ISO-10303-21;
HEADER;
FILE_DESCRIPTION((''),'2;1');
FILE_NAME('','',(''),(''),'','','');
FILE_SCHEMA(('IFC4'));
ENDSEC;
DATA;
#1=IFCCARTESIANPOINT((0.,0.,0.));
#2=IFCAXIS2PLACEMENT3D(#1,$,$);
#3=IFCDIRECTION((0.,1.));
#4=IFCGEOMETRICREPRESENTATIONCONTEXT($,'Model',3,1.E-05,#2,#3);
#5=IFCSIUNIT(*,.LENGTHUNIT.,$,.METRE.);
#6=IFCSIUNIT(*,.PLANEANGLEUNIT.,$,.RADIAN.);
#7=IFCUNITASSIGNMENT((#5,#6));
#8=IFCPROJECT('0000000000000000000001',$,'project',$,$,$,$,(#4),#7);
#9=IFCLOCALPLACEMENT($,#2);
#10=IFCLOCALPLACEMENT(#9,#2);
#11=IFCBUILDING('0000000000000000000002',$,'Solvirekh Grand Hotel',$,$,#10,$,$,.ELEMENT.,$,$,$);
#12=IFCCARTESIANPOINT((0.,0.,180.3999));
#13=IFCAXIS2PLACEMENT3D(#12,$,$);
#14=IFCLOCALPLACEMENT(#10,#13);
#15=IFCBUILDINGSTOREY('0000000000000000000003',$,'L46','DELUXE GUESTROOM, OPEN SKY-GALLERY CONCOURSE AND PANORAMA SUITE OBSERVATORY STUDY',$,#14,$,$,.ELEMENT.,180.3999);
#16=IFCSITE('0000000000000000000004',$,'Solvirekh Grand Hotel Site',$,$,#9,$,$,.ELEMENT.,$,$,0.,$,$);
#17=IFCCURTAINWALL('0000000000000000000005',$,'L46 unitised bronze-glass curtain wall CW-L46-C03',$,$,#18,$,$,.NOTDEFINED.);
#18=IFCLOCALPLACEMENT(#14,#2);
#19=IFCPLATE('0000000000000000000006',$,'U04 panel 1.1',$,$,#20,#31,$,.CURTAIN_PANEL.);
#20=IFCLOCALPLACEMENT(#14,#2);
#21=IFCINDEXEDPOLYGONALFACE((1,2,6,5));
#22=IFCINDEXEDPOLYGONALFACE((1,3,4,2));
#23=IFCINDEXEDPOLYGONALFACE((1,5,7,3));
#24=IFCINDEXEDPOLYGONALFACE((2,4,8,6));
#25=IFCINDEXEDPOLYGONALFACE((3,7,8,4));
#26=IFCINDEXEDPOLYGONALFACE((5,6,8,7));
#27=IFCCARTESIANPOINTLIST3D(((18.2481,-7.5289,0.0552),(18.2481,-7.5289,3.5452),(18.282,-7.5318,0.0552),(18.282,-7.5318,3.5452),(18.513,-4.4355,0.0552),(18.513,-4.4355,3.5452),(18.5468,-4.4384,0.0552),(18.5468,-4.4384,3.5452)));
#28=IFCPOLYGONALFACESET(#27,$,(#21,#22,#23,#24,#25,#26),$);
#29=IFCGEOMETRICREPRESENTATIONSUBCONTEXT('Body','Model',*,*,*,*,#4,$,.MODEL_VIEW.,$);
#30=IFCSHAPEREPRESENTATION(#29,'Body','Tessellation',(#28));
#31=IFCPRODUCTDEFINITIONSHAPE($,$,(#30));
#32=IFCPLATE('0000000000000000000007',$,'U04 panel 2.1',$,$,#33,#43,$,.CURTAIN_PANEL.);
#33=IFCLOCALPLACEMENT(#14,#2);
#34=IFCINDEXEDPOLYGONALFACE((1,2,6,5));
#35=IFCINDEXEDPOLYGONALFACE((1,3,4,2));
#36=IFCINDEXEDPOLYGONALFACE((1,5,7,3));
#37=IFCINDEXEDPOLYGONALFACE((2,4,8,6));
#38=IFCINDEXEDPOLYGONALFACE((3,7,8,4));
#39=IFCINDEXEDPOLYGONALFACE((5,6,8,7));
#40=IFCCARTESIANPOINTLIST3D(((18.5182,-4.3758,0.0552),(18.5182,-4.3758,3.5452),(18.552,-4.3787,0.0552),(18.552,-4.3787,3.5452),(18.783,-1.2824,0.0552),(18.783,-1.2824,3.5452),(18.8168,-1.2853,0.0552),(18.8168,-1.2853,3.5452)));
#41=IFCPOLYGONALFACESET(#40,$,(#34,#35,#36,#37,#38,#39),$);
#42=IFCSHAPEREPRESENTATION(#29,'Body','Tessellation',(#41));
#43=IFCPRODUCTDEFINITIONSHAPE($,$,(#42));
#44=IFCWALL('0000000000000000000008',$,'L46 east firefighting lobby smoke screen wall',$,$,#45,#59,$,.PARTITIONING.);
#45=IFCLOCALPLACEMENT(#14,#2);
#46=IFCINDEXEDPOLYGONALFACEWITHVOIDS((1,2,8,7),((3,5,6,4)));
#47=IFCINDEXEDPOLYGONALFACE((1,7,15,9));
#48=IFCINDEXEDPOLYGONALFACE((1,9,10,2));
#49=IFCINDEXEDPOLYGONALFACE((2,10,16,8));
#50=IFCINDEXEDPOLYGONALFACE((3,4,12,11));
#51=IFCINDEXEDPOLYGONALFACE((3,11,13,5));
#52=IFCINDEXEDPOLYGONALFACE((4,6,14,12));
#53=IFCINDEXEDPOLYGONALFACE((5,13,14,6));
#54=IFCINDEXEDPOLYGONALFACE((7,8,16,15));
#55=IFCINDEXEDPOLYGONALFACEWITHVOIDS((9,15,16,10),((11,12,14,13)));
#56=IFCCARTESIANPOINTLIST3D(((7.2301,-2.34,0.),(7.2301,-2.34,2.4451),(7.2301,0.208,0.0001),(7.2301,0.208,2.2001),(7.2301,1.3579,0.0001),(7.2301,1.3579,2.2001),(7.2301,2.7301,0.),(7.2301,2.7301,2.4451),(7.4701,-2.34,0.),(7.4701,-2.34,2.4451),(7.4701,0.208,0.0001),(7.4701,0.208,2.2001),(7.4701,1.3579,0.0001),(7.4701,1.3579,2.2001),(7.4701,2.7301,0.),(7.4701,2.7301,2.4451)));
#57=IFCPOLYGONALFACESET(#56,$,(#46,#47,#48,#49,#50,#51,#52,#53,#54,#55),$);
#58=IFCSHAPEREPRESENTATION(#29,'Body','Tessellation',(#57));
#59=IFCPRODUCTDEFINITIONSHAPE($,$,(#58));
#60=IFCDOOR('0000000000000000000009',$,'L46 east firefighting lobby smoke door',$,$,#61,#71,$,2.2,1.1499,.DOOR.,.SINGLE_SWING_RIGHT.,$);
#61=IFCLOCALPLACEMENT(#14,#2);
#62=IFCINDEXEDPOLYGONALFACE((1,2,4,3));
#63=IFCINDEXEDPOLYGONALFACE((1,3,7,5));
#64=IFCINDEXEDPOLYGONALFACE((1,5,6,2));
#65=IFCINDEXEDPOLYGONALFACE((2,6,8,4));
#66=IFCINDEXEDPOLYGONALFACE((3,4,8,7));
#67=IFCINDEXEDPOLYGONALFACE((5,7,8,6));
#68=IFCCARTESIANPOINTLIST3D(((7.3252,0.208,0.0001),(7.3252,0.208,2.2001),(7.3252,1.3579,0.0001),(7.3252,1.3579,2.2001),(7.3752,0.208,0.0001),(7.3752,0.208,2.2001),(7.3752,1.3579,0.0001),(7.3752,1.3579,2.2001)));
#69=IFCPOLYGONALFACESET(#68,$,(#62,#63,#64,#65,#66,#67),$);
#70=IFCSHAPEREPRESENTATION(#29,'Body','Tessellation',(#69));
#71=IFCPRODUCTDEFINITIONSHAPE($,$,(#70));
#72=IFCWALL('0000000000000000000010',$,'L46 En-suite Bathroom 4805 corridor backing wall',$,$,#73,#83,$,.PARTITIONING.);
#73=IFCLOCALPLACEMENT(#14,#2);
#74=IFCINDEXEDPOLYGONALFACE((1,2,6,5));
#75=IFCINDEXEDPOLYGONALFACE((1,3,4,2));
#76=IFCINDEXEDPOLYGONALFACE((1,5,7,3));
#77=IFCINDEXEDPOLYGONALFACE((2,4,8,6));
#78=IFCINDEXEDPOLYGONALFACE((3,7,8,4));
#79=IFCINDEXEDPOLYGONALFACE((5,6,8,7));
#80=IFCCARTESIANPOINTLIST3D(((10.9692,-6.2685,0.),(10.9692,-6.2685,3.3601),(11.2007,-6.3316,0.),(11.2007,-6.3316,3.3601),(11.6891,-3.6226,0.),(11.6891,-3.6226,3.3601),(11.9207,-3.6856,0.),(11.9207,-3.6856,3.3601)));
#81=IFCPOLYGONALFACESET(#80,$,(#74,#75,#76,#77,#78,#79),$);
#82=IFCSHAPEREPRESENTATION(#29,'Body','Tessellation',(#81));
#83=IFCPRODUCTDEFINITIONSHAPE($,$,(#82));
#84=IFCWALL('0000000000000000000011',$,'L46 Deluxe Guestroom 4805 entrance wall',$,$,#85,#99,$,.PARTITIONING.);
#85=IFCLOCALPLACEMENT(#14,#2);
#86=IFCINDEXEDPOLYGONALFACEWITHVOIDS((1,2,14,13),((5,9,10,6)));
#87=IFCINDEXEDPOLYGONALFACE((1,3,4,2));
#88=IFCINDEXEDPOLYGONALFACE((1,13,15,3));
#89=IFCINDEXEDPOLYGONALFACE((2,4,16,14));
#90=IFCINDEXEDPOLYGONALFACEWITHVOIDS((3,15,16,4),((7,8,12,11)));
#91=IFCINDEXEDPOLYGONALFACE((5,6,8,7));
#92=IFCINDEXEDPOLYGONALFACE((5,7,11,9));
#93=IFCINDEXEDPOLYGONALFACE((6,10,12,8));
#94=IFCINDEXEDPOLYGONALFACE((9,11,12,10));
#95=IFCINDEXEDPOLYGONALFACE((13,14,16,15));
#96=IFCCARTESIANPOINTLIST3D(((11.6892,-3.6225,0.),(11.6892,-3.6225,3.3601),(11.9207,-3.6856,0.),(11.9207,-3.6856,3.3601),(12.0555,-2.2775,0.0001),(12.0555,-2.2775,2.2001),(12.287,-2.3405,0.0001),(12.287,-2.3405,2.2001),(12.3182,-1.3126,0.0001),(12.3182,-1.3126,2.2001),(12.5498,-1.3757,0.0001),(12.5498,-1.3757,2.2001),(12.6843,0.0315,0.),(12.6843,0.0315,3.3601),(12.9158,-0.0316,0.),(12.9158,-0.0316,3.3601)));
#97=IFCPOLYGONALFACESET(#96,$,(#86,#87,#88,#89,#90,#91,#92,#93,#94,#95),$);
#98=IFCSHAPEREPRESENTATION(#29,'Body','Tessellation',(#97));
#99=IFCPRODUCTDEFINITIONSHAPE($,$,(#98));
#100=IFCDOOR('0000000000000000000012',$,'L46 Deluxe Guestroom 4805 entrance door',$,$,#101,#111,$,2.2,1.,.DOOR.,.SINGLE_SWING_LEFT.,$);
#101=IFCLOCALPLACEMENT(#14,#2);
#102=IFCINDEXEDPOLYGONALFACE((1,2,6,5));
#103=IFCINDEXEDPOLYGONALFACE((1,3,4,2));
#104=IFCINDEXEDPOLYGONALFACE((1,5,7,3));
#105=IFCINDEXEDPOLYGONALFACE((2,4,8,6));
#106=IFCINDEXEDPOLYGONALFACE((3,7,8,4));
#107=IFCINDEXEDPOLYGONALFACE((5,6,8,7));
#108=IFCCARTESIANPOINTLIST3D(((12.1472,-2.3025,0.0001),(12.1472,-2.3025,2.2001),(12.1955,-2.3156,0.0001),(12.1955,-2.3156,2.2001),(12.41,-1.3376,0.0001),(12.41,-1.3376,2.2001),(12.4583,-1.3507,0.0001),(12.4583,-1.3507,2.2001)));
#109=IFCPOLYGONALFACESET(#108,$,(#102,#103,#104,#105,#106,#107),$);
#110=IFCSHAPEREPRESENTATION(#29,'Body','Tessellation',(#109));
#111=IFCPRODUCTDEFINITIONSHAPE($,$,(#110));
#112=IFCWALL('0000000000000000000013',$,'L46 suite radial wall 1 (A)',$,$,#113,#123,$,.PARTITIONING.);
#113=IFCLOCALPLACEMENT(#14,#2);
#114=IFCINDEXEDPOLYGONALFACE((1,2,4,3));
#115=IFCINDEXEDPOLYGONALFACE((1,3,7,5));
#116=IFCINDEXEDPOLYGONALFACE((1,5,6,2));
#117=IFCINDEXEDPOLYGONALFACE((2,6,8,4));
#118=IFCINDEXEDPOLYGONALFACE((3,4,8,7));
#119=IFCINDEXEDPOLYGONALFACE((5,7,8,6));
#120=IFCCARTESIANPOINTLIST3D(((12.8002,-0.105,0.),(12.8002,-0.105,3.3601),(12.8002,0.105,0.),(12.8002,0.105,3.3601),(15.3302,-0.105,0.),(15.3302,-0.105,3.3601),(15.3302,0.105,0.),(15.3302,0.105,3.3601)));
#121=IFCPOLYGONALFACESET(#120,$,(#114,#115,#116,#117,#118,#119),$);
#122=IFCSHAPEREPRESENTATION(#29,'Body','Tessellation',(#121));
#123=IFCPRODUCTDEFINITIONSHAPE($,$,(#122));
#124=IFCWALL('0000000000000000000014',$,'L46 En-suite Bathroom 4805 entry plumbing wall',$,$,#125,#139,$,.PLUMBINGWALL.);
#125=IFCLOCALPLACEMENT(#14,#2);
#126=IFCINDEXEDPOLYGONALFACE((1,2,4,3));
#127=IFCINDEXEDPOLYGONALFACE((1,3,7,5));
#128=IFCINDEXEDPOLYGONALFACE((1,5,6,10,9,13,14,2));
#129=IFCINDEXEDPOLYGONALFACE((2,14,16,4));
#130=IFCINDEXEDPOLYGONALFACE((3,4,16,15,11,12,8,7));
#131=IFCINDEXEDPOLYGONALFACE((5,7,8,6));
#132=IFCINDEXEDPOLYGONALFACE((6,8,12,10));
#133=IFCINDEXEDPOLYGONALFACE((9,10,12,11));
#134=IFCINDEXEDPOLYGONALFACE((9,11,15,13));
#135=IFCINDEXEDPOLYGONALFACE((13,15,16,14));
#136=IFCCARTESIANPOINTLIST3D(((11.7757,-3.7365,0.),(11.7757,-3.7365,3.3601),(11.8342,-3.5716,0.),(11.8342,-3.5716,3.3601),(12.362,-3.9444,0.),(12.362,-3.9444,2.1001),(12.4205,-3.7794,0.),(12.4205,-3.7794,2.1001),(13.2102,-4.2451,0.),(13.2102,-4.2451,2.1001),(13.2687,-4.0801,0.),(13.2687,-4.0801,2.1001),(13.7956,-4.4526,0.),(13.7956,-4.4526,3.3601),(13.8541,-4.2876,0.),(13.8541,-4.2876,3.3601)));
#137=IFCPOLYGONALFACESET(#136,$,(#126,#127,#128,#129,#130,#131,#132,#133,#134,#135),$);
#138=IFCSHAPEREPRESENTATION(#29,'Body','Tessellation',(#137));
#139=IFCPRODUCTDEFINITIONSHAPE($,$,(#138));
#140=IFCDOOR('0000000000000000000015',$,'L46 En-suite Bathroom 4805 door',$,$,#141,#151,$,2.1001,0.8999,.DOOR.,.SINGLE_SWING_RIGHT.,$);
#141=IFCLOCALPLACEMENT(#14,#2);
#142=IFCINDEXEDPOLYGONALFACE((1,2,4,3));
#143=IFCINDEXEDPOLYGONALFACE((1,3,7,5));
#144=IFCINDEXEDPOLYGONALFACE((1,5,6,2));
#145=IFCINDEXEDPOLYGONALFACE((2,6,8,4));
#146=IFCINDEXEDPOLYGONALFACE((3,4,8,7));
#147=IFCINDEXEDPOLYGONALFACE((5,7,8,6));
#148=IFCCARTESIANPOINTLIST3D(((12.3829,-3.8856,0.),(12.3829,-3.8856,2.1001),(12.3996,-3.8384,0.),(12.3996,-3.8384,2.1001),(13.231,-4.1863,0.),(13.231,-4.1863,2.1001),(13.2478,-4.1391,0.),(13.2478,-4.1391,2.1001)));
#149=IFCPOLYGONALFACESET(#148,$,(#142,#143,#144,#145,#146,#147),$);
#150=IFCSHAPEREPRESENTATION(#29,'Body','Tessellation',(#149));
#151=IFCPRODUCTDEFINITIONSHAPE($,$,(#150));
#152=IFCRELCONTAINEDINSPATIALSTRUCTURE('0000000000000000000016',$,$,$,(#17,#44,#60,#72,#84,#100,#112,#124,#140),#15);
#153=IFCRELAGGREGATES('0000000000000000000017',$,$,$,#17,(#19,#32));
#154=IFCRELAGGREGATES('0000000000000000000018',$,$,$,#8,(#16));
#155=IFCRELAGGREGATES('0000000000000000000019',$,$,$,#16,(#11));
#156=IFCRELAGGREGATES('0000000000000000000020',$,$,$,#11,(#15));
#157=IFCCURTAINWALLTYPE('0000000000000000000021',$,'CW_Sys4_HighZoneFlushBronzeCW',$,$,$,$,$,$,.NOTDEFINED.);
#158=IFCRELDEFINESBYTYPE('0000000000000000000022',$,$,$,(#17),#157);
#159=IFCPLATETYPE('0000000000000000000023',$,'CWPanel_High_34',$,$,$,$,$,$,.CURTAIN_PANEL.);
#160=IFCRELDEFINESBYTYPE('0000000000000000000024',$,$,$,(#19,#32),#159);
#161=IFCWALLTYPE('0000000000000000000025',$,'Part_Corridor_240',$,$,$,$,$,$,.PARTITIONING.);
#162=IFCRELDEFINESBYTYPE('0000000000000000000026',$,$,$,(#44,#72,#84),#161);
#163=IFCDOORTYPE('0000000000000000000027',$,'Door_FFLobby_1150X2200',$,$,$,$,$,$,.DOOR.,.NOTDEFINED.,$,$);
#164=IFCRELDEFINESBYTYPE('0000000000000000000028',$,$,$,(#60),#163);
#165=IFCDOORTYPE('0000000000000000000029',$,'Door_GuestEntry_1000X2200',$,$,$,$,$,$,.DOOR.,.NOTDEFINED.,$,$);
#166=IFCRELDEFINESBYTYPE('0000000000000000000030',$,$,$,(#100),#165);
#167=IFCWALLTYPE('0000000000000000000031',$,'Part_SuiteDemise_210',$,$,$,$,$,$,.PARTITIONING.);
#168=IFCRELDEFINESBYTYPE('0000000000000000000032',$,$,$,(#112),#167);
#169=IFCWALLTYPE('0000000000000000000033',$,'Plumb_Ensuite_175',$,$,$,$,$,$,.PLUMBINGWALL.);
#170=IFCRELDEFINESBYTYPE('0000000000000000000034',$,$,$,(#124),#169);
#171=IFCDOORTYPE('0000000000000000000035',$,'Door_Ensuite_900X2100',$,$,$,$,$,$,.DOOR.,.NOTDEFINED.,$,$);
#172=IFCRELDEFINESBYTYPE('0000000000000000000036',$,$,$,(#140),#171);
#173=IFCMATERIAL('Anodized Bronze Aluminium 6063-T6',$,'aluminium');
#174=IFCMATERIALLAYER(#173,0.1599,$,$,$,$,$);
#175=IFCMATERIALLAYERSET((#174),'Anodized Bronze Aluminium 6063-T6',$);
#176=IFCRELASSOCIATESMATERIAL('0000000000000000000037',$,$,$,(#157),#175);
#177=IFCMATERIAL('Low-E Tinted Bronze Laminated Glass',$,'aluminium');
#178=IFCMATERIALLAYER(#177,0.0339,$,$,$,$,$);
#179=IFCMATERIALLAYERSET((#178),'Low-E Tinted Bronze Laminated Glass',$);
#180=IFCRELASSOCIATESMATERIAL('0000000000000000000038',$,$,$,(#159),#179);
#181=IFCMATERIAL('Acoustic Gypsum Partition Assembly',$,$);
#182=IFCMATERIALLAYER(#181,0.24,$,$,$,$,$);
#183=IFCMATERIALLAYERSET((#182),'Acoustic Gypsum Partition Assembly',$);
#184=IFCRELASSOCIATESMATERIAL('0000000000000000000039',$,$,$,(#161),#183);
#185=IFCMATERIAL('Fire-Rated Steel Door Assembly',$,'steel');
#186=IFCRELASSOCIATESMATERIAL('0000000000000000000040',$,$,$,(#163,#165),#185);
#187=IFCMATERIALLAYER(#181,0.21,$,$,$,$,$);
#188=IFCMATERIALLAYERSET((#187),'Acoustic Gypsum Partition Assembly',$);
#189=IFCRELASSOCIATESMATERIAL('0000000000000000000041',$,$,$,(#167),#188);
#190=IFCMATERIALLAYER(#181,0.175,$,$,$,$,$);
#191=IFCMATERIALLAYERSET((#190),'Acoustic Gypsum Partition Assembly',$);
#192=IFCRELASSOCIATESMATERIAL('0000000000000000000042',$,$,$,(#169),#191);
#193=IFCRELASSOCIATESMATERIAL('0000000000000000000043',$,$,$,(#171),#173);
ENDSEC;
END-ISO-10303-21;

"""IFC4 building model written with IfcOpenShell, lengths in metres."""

from ifc_helpers import new_model, si_unit, direction, frame, frame_2d, origin, origin_2d, place, context, subcontext, project, spatial, rectangle, extrude, source, transform, mapped, material, layer, layer_set, type_object, element, fill, aggregate, save


model = new_model("IFC4")

# Units and contexts
model_context = context("Model", 3, precision=1e-05, world=origin(), true_north=direction((0.0, 1.0)))
body_context = subcontext(model_context, "Body", "Model", "MODEL_VIEW")
ifc_project = project(units=[si_unit("LENGTHUNIT", "METRE"), si_unit("PLANEANGLEUNIT", "RADIAN")], contexts=[model_context])

# Site, building, storey
site_placement = place(None, origin())
site = spatial("IfcSite", under=ifc_project, at=site_placement, Name="Solvirekh Grand Hotel Site", CompositionType="ELEMENT", RefElevation=0.0)
building_placement = place(site_placement, origin())
building = spatial("IfcBuilding", under=site, at=building_placement, Name="Solvirekh Grand Hotel", CompositionType="ELEMENT")
storey_placement = place(building_placement, frame((0.0, 0.0, 180.3999)))
storey = spatial("IfcBuildingStorey", under=building, at=storey_placement, Name="L46", Description="DELUXE GUESTROOM, OPEN SKY-GALLERY CONCOURSE AND PANORAMA SUITE OBSERVATORY STUDY", CompositionType="ELEMENT", Elevation=180.3999)

# Curtain wall, plates
ifc_material_1 = material(Name="Anodized Bronze Aluminium 6063-T6", Category="aluminium")
ifc_layer_1 = layer(ifc_material_1, 0.1599)
ifc_layer_set_1 = layer_set([ifc_layer_1], Name="Anodized Bronze Aluminium 6063-T6")
curtain_wall_type = type_object("IfcCurtainWallType", Name="CW_Sys4_HighZoneFlushBronzeCW", PredefinedType="NOTDEFINED", material=ifc_layer_set_1)
curtain_wall_placement = place(storey_placement, origin())
curtain_wall = element("IfcCurtainWall", 1, at=curtain_wall_placement, inside=storey, type_object=curtain_wall_type, Name="L46 unitised bronze-glass curtain wall CW-L46-C03", PredefinedType="NOTDEFINED")
ifc_material_2 = material(Name="Low-E Tinted Bronze Laminated Glass", Category="aluminium")
ifc_layer_2 = layer(ifc_material_2, 0.0339)
ifc_layer_set_2 = layer_set([ifc_layer_2], Name="Low-E Tinted Bronze Laminated Glass")
plate_type = type_object("IfcPlateType", Name="CWPanel_High_34", PredefinedType="CURTAIN_PANEL", material=ifc_layer_set_2)
shared_shape_1 = source(origin(), body_context, "Body", "SweptSolid", [
    extrude(rectangle(XDim=3.1047, YDim=0.0339, at=origin_2d()), origin(), (0.0, 0.0, 1.0), 3.49),
])
plate_1_placement = place(storey_placement, frame((18.3975, -5.9836, 0.0552), z_axis=(0.0, 0.0, 1.0), x_axis=(0.085299, 0.996355, 0.0)))
plate_1 = element("IfcPlate", 2, at=plate_1_placement, type_object=plate_type, Name="U04 panel 1.1", PredefinedType="CURTAIN_PANEL", context=body_context, shape_type="MappedRepresentation", body=[
    mapped(shared_shape_1, transform((0.0, 0.0, 0.0), x_axis=(1.0, 0.0, 0.0), y_axis=(0.0, 1.0, 0.0), z_axis=(0.0, 0.0, 1.0), scale=1.0)),
])
plate_2_placement = place(storey_placement, frame((18.6675, -2.8306, 0.0552), z_axis=(0.0, 0.0, 1.0), x_axis=(0.085299, 0.996355, 0.0)))
plate_2 = element("IfcPlate", 3, at=plate_2_placement, type_object=plate_type, Name="U04 panel 2.1", PredefinedType="CURTAIN_PANEL", context=body_context, shape_type="MappedRepresentation", body=[
    mapped(shared_shape_1, transform((0.0, 0.0, 0.0), x_axis=(1.0, 0.0, 0.0), y_axis=(0.0, 1.0, 0.0), z_axis=(0.0, 0.0, 1.0), scale=1.0)),
])
aggregate(curtain_wall, [plate_1, plate_2])

# Wall, opening, door
ifc_material_3 = material(Name="Acoustic Gypsum Partition Assembly")
ifc_layer_3 = layer(ifc_material_3, 0.24)
ifc_layer_set_3 = layer_set([ifc_layer_3], Name="Acoustic Gypsum Partition Assembly")
wall_type_1 = type_object("IfcWallType", Name="Part_Corridor_240", PredefinedType="PARTITIONING", material=ifc_layer_set_3)
wall_1_placement = place(storey_placement, frame((7.3501, -2.3401, 0.0), z_axis=(0.0, 0.0, 1.0), x_axis=(0.0, 1.0, 0.0)))
wall_1 = element("IfcWall", 4, at=wall_1_placement, inside=storey, type_object=wall_type_1, Name="L46 east firefighting lobby smoke screen wall", PredefinedType="PARTITIONING", context=body_context, shape_type="SweptSolid", body=[
    extrude(rectangle(XDim=5.0701, YDim=0.24, at=frame_2d((2.5352, 0.0))), origin(), (0.0, 0.0, 1.0), 2.4451),
])
opening_1_placement = place(wall_1_placement, frame((2.5481, 0.0, 0.0)))
opening_1 = element("IfcOpeningElement", 5, at=opening_1_placement, cuts=wall_1, PredefinedType="OPENING", context=body_context, shape_type="SweptSolid", body=[
    extrude(rectangle(XDim=1.1499, YDim=2.2, at=frame_2d((0.575, 1.1001))), frame((0.0, 0.1299, 0.0), z_axis=(0.0, -1.0, 0.0), x_axis=(1.0, 0.0, 0.0)), (0.0, 0.0, 1.0), 0.26),
])
ifc_material_4 = material(Name="Fire-Rated Steel Door Assembly", Category="steel")
door_type_1 = type_object("IfcDoorType", Name="Door_FFLobby_1150X2200", OperationType="NOTDEFINED", PredefinedType="DOOR", material=ifc_material_4)
door_1_placement = place(opening_1_placement, origin())
door_1 = element("IfcDoor", 6, at=door_1_placement, inside=storey, type_object=door_type_1, Name="L46 east firefighting lobby smoke door", OperationType="SINGLE_SWING_RIGHT", OverallHeight=2.2, OverallWidth=1.1499, PredefinedType="DOOR", context=body_context, shape_type="SweptSolid", body=[
    extrude(rectangle(XDim=1.1499, YDim=2.2, at=frame_2d((0.575, 1.1001))), frame((0.0, 0.0249, 0.0), z_axis=(0.0, -1.0, 0.0), x_axis=(1.0, 0.0, 0.0)), (0.0, 0.0, 1.0), 0.05),
])
fill(opening_1, door_1)

# Wall
wall_2_placement = place(storey_placement, frame((11.085, -6.3, 0.0), z_axis=(0.0, 0.0, 1.0), x_axis=(0.262552, 0.964918, 0.0)))
element("IfcWall", 7, at=wall_2_placement, inside=storey, type_object=wall_type_1, Name="L46 En-suite Bathroom 4805 corridor backing wall", PredefinedType="PARTITIONING", context=body_context, shape_type="SweptSolid", body=[
    extrude(rectangle(XDim=2.7422, YDim=0.24, at=frame_2d((1.3711, 0.0))), origin(), (0.0, 0.0, 1.0), 3.3601),
])

# Wall, opening, door
wall_3_placement = place(storey_placement, frame((11.8049, -3.6541, 0.0), z_axis=(0.0, 0.0, 1.0), x_axis=(0.262763, 0.96486, 0.0)))
wall_3 = element("IfcWall", 8, at=wall_3_placement, inside=storey, type_object=wall_type_1, Name="L46 Deluxe Guestroom 4805 entrance wall", PredefinedType="PARTITIONING", context=body_context, shape_type="SweptSolid", body=[
    extrude(rectangle(XDim=3.7871, YDim=0.24, at=frame_2d((1.8936, 0.0))), origin(), (0.0, 0.0, 1.0), 3.3601),
])
opening_2_placement = place(wall_3_placement, frame((1.394, 0.0, 0.0)))
opening_2 = element("IfcOpeningElement", 9, at=opening_2_placement, cuts=wall_3, PredefinedType="OPENING", context=body_context, shape_type="SweptSolid", body=[
    extrude(rectangle(XDim=1.0, YDim=2.2, at=frame_2d((0.5, 1.1001))), frame((0.0, 0.1299, 0.0), z_axis=(0.0, -1.0, 0.0), x_axis=(1.0, 0.0, 0.0)), (0.0, 0.0, 1.0), 0.26),
])
door_type_2 = type_object("IfcDoorType", Name="Door_GuestEntry_1000X2200", OperationType="NOTDEFINED", PredefinedType="DOOR", material=ifc_material_4)
door_2_placement = place(opening_2_placement, origin())
door_2 = element("IfcDoor", 10, at=door_2_placement, inside=storey, type_object=door_type_2, Name="L46 Deluxe Guestroom 4805 entrance door", OperationType="SINGLE_SWING_LEFT", OverallHeight=2.2, OverallWidth=1.0, PredefinedType="DOOR", context=body_context, shape_type="SweptSolid", body=[
    extrude(rectangle(XDim=1.0, YDim=2.2, at=frame_2d((0.5, 1.1001))), frame((0.0, 0.0249, 0.0), z_axis=(0.0, -1.0, 0.0), x_axis=(1.0, 0.0, 0.0)), (0.0, 0.0, 1.0), 0.05),
])
fill(opening_2, door_2)

# Wall
ifc_layer_4 = layer(ifc_material_3, 0.21)
ifc_layer_set_4 = layer_set([ifc_layer_4], Name="Acoustic Gypsum Partition Assembly")
wall_type_2 = type_object("IfcWallType", Name="Part_SuiteDemise_210", PredefinedType="PARTITIONING", material=ifc_layer_set_4)
wall_4_placement = place(storey_placement, frame((12.8, 0.0, 0.0), z_axis=(0.0, 0.0, 1.0), x_axis=(1.0, 0.0, 0.0)))
element("IfcWall", 11, at=wall_4_placement, inside=storey, type_object=wall_type_2, Name="L46 suite radial wall 1 (A)", PredefinedType="PARTITIONING", context=body_context, shape_type="SweptSolid", body=[
    extrude(rectangle(XDim=2.53, YDim=0.21, at=frame_2d((1.2651, 0.0))), origin(), (0.0, 0.0, 1.0), 3.3601),
])

# Wall, opening, door
ifc_layer_5 = layer(ifc_material_3, 0.175)
ifc_layer_set_5 = layer_set([ifc_layer_5], Name="Acoustic Gypsum Partition Assembly")
wall_type_3 = type_object("IfcWallType", Name="Plumb_Ensuite_175", PredefinedType="PLUMBINGWALL", material=ifc_layer_set_5)
wall_5_placement = place(storey_placement, frame((11.8049, -3.6541, 0.0), z_axis=(0.0, 0.0, 1.0), x_axis=(0.942533, -0.334113, 0.0)))
wall_5 = element("IfcWall", 12, at=wall_5_placement, inside=storey, type_object=wall_type_3, Name="L46 En-suite Bathroom 4805 entry plumbing wall", PredefinedType="PLUMBINGWALL", context=body_context, shape_type="SweptSolid", body=[
    extrude(rectangle(XDim=2.1431, YDim=0.175, at=frame_2d((1.0715, 0.0))), origin(), (0.0, 0.0, 1.0), 3.3601),
])
opening_3_placement = place(wall_5_placement, frame((0.6221, 0.0, 0.0)))
opening_3 = element("IfcOpeningElement", 13, at=opening_3_placement, cuts=wall_5, PredefinedType="OPENING", context=body_context, shape_type="SweptSolid", body=[
    extrude(rectangle(XDim=0.8999, YDim=2.1001, at=frame_2d((0.45, 1.05))), frame((0.0, 0.0977, 0.0), z_axis=(0.0, -1.0, 0.0), x_axis=(1.0, 0.0, 0.0)), (0.0, 0.0, 1.0), 0.1951),
])
door_type_3 = type_object("IfcDoorType", Name="Door_Ensuite_900X2100", OperationType="NOTDEFINED", PredefinedType="DOOR", material=ifc_material_1)
door_3_placement = place(opening_3_placement, origin())
door_3 = element("IfcDoor", 14, at=door_3_placement, inside=storey, type_object=door_type_3, Name="L46 En-suite Bathroom 4805 door", OperationType="SINGLE_SWING_RIGHT", OverallHeight=2.1001, OverallWidth=0.8999, PredefinedType="DOOR", context=body_context, shape_type="SweptSolid", body=[
    extrude(rectangle(XDim=0.8999, YDim=2.1001, at=frame_2d((0.45, 1.05))), frame((0.0, 0.0249, 0.0), z_axis=(0.0, -1.0, 0.0), x_axis=(1.0, 0.0, 0.0)), (0.0, 0.0, 1.0), 0.05),
])
fill(opening_3, door_3)

save(model, "model.ifc")
